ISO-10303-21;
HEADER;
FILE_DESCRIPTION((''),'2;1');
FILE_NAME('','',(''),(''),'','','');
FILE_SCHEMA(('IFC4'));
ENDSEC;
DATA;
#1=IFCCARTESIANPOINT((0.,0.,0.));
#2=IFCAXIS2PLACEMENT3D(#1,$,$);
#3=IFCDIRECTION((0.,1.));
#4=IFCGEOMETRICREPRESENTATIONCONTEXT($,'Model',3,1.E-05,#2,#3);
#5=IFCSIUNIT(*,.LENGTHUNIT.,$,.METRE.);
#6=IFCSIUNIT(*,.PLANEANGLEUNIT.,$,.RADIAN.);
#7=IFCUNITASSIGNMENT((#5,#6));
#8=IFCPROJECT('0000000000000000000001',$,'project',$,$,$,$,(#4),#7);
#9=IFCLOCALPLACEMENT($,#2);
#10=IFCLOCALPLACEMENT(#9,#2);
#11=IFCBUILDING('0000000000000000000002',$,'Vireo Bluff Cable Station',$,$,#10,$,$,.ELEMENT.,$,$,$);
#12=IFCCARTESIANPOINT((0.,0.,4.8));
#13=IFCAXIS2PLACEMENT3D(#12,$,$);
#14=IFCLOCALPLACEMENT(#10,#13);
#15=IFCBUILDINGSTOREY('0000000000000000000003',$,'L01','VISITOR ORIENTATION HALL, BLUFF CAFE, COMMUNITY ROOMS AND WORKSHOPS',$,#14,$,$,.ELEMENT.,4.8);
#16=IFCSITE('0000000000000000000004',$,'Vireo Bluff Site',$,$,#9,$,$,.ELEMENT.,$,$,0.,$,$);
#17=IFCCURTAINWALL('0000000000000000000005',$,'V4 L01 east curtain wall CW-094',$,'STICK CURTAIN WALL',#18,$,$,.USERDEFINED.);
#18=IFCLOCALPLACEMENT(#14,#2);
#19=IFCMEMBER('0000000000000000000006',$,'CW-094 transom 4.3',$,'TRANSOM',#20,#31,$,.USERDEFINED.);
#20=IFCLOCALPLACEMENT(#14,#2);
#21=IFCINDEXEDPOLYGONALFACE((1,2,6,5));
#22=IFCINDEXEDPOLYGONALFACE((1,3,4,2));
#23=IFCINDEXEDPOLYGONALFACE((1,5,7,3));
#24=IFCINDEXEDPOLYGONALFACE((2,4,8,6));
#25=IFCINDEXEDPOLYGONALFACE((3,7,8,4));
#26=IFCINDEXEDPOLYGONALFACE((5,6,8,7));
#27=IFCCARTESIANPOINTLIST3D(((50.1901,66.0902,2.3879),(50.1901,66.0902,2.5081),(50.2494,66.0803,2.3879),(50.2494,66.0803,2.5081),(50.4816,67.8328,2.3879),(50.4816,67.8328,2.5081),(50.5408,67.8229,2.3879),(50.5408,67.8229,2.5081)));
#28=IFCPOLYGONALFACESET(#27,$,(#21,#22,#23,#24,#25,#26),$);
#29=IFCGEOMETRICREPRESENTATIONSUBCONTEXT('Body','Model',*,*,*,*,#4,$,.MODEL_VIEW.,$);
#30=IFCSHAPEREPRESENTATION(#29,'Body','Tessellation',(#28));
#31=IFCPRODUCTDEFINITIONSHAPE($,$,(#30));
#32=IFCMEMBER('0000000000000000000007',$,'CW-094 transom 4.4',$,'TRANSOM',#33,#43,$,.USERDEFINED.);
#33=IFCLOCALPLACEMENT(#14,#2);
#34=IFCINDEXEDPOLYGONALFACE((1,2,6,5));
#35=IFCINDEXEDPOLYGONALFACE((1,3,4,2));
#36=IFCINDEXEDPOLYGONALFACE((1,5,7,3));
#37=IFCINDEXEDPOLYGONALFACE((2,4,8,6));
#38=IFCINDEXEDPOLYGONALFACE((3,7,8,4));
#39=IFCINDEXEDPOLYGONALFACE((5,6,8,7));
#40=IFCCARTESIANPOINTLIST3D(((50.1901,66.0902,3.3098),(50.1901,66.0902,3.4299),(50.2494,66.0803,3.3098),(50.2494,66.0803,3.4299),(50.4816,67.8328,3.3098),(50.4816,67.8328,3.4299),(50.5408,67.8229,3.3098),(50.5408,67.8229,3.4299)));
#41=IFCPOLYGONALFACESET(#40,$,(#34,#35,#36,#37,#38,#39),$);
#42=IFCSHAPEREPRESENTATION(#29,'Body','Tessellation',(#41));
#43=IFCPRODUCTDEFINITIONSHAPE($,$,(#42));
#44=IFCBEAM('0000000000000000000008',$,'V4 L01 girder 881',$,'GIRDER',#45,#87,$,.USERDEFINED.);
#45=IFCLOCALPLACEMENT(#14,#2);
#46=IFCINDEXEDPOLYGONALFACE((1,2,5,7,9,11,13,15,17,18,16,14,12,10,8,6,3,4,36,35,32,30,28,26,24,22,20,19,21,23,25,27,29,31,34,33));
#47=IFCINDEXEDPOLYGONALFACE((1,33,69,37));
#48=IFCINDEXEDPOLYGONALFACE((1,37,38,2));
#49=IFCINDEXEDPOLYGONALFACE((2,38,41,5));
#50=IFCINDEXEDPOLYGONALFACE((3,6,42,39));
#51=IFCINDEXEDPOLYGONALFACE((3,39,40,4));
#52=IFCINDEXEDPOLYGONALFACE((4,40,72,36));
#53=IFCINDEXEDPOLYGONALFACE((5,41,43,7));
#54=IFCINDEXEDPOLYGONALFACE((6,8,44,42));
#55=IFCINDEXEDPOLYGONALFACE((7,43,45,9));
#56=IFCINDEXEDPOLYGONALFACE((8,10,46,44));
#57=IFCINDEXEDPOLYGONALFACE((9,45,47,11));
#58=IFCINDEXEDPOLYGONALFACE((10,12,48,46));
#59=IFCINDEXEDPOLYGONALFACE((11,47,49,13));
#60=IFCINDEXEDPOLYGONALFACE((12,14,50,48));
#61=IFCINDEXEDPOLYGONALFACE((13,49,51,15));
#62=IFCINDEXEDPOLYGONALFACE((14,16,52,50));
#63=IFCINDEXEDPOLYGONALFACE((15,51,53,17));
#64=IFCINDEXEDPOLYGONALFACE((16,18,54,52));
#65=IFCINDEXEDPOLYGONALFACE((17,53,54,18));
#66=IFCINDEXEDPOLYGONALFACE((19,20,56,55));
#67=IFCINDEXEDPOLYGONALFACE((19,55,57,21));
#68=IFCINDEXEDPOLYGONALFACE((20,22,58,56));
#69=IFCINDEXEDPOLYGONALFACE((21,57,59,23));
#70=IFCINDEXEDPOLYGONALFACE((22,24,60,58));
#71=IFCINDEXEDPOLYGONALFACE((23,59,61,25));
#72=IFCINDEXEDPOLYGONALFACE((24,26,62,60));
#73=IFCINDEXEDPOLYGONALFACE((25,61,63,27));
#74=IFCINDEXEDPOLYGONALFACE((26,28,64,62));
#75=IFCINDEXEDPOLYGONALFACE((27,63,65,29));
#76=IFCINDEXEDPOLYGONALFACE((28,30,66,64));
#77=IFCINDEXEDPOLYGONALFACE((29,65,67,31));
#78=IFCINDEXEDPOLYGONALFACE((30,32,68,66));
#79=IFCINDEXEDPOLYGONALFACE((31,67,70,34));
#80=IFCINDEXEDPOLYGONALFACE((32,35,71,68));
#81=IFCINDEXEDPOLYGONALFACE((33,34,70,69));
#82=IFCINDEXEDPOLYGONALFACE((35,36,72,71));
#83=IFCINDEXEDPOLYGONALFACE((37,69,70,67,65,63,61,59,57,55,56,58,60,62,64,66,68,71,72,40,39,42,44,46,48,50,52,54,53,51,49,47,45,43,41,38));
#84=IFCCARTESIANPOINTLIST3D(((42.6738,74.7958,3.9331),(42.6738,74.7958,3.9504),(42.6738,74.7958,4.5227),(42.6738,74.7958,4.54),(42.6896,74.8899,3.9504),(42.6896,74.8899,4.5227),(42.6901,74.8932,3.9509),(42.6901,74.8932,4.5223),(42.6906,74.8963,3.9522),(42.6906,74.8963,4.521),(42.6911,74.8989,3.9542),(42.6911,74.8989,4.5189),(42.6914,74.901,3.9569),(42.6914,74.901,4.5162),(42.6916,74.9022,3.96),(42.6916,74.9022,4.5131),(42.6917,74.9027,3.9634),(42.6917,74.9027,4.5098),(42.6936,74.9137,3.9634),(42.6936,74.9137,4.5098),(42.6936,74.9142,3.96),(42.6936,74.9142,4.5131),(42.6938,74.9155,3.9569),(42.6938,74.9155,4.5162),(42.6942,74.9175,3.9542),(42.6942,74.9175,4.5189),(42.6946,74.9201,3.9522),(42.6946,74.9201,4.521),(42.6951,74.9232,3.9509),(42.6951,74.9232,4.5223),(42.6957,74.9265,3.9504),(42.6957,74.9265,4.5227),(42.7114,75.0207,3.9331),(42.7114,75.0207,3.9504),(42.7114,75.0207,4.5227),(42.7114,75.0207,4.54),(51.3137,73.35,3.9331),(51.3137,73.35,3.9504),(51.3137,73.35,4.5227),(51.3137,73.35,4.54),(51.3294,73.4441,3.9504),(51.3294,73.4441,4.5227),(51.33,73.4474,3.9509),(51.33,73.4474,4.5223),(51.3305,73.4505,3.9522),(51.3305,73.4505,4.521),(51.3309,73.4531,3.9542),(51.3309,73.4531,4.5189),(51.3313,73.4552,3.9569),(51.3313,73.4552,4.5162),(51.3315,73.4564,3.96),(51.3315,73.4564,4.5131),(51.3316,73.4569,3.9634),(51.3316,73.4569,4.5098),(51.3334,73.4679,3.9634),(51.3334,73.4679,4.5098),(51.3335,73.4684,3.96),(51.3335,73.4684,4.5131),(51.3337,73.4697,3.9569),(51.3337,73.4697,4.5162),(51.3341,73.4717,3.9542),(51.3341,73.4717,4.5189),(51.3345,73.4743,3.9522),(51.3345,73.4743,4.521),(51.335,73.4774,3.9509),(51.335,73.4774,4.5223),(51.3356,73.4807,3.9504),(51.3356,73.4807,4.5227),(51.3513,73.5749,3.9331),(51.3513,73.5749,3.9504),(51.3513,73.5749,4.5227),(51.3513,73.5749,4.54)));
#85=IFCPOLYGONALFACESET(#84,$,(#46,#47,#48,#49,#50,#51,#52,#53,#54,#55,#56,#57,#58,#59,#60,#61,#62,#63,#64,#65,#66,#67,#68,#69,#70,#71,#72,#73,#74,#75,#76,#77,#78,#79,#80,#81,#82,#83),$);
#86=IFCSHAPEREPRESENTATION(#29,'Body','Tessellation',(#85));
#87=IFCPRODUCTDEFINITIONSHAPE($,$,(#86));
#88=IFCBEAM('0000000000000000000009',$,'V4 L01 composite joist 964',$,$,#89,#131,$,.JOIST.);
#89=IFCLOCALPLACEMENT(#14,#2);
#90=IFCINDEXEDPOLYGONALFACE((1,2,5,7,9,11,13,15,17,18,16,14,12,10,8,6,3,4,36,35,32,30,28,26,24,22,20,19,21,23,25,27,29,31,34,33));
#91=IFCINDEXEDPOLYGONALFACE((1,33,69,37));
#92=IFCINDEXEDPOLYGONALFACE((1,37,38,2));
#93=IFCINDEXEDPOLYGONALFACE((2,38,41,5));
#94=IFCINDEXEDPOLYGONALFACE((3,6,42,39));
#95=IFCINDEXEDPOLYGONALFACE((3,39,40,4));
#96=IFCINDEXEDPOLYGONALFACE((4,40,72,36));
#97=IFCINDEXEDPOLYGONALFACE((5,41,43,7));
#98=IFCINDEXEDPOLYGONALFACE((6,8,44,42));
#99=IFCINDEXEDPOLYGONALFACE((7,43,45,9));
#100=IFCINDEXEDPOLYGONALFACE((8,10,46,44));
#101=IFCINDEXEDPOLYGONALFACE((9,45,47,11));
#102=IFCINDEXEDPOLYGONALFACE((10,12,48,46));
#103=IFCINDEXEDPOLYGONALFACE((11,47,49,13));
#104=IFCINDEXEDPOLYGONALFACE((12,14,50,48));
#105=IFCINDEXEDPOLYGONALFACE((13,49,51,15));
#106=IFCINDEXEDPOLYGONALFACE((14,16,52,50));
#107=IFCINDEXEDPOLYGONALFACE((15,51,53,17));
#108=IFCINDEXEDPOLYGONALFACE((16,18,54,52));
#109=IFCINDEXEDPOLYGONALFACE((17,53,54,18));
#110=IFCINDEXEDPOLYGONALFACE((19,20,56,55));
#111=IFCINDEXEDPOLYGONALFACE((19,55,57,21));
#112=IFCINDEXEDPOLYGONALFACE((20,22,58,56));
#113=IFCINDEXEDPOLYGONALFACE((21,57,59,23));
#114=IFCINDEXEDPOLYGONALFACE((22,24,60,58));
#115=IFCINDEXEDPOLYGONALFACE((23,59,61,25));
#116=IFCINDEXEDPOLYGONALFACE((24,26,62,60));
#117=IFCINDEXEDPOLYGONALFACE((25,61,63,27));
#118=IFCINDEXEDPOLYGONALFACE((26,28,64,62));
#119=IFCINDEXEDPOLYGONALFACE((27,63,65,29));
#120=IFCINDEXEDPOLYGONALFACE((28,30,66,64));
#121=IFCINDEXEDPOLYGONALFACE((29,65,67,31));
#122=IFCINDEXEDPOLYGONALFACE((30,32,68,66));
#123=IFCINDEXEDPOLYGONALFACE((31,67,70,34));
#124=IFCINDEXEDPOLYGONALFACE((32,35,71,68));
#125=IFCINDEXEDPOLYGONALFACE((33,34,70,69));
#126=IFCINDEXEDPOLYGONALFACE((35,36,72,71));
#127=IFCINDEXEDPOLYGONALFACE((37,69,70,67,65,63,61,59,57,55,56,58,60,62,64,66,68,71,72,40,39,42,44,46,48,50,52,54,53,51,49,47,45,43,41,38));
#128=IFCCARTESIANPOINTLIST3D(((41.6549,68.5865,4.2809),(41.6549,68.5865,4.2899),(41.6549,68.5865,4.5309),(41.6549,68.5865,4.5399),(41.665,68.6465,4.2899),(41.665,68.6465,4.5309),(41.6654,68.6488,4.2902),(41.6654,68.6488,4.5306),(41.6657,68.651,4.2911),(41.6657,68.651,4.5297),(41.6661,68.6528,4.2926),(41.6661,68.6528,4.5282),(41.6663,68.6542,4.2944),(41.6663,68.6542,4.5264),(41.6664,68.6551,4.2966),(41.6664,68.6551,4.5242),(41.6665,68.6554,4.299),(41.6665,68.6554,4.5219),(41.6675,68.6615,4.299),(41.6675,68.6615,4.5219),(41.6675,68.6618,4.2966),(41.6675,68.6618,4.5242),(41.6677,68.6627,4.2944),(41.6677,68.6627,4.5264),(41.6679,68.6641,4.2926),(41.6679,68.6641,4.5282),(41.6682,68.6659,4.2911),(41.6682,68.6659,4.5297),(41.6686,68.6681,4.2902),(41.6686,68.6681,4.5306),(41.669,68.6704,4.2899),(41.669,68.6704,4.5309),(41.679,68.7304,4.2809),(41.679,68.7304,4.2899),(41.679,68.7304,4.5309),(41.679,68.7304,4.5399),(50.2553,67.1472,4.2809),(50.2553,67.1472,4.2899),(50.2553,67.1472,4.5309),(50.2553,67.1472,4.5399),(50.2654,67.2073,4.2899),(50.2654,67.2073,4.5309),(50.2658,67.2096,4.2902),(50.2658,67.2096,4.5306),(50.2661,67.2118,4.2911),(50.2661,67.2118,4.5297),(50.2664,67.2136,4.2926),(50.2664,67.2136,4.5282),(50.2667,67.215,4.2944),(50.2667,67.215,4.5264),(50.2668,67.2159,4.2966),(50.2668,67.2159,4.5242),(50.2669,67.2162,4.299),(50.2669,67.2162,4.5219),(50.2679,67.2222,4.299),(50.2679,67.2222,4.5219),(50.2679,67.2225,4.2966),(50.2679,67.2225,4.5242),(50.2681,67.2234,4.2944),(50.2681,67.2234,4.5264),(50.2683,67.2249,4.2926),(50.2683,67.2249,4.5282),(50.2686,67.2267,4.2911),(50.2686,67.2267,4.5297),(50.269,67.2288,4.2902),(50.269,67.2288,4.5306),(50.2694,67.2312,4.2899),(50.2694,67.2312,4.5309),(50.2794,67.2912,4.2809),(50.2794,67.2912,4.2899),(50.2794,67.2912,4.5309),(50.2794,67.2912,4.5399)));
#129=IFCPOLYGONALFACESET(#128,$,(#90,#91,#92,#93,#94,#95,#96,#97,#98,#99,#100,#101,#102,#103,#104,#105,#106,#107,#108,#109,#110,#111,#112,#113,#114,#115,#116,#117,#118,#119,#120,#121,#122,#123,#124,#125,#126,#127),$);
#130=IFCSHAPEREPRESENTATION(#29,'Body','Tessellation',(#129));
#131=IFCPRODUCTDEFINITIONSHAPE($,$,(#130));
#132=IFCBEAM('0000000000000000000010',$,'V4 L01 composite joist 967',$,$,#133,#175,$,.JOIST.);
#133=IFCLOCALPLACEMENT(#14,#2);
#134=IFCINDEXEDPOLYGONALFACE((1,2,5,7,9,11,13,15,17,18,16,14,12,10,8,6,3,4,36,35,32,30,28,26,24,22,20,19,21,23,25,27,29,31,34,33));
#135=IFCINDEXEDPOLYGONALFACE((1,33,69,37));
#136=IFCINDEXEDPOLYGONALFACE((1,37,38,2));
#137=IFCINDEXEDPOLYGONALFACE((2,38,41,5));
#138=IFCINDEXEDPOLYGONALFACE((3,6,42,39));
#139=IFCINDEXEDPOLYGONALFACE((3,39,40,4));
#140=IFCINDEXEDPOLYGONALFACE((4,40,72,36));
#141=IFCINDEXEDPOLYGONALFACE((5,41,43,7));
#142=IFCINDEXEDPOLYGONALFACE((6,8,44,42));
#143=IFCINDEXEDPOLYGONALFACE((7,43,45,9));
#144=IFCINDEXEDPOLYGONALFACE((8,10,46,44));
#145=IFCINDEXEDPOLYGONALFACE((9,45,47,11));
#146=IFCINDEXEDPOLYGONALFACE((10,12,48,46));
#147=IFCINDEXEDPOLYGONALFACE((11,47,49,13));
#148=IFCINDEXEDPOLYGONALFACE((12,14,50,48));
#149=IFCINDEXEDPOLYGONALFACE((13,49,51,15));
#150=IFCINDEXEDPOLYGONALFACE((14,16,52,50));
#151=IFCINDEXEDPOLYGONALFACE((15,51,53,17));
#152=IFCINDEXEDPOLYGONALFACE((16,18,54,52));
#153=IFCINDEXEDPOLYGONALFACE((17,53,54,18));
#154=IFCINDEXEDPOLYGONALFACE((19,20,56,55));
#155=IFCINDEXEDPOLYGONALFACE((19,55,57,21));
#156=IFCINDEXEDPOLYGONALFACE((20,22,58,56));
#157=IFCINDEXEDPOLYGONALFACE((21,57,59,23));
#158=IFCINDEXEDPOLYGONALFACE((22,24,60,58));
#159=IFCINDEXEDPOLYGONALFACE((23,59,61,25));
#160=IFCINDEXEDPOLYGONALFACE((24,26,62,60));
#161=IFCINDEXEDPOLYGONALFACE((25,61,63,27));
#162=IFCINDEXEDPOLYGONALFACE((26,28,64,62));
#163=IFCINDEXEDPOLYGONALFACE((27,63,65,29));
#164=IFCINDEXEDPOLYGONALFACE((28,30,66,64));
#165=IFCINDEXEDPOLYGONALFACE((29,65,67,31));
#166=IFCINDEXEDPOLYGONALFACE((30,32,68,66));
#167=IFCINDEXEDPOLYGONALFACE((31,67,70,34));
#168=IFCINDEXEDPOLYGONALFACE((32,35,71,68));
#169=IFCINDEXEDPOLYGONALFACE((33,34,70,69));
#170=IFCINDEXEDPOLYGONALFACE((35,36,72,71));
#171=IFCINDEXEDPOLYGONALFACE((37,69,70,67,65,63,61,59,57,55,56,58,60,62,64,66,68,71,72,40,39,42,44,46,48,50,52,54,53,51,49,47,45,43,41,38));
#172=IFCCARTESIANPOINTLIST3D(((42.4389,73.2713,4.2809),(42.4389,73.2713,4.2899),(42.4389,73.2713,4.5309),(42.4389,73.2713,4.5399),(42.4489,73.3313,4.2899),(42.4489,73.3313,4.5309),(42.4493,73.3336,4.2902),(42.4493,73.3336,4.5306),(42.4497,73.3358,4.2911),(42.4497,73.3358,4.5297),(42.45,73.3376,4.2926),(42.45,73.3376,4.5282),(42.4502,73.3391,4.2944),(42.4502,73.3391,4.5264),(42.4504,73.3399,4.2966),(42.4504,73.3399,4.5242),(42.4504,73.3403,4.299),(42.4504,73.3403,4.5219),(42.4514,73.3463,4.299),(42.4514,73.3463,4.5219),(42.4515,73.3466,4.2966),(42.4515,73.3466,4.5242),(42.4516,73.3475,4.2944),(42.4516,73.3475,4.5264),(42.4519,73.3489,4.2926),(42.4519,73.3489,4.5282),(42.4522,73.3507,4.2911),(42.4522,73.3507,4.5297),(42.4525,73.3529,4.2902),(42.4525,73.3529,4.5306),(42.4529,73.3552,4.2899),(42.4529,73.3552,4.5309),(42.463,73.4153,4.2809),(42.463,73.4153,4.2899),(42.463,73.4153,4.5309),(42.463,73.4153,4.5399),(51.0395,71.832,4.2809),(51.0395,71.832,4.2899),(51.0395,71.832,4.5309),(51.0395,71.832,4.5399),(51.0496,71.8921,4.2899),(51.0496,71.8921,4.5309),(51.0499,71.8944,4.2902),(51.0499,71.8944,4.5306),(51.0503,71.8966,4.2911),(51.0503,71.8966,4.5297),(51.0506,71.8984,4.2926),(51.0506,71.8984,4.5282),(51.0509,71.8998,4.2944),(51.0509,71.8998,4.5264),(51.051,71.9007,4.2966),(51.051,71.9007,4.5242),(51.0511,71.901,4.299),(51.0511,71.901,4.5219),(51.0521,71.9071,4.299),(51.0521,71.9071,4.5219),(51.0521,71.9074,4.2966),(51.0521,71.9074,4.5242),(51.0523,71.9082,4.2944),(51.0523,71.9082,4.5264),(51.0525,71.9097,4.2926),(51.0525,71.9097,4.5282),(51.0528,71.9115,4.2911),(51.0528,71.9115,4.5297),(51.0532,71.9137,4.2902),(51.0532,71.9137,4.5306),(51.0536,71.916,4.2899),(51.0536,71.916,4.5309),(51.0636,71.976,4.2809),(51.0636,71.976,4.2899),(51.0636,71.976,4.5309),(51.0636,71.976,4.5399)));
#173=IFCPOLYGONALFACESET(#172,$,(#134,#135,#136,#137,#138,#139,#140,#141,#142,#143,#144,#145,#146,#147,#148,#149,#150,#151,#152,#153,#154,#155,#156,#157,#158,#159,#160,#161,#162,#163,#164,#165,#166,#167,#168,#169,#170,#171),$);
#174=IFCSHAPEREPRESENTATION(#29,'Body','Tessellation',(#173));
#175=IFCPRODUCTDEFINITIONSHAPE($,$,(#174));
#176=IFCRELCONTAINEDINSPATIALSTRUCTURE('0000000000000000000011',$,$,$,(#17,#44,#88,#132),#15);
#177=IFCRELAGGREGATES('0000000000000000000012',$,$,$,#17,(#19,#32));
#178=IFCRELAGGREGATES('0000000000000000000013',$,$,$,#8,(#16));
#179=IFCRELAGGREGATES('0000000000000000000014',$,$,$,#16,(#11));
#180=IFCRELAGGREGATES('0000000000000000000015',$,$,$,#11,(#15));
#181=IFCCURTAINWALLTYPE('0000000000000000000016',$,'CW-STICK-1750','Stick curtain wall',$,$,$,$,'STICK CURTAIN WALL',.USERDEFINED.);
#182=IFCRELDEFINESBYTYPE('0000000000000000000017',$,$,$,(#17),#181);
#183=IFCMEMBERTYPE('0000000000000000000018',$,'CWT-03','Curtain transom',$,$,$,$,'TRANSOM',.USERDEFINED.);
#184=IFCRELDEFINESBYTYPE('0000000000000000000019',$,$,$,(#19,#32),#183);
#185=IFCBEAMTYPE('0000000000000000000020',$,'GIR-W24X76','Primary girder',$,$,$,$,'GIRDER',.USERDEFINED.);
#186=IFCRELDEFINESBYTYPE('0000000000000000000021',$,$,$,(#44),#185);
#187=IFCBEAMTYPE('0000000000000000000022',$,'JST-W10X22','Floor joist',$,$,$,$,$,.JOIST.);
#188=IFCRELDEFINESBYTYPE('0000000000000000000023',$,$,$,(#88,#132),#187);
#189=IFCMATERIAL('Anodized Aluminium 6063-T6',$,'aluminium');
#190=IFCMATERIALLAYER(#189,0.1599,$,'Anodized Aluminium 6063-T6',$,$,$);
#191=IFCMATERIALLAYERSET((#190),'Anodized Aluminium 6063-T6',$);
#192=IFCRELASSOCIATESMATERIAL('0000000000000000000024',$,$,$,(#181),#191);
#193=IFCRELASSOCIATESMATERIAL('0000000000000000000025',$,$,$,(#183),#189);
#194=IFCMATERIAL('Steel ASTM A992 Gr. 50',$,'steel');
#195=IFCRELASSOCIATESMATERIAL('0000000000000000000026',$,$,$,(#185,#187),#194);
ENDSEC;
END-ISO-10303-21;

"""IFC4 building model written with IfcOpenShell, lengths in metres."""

from ifc_helpers import new_model, si_unit, direction, frame, origin, origin_2d, place, context, subcontext, project, spatial, rectangle, i_section, extrude, material, layer, layer_set, material_profile, profile_set, type_object, element, aggregate, save


model = new_model("IFC4")

# Units and contexts
model_context = context("Model", 3, precision=1e-05, world=origin(), true_north=direction((0.0, 1.0)))
body_context = subcontext(model_context, "Body", "Model", "MODEL_VIEW")
ifc_project = project(units=[si_unit("LENGTHUNIT", "METRE"), si_unit("PLANEANGLEUNIT", "RADIAN")], contexts=[model_context])

# Site, building, storey
site_placement = place(None, origin())
site = spatial("IfcSite", under=ifc_project, at=site_placement, Name="Vireo Bluff Site", CompositionType="ELEMENT", RefElevation=0.0)
building_placement = place(site_placement, origin())
building = spatial("IfcBuilding", under=site, at=building_placement, Name="Vireo Bluff Cable Station", CompositionType="ELEMENT")
storey_placement = place(building_placement, frame((0.0, 0.0, 4.8)))
storey = spatial("IfcBuildingStorey", under=building, at=storey_placement, Name="L01", Description="VISITOR ORIENTATION HALL, BLUFF CAFE, COMMUNITY ROOMS AND WORKSHOPS", CompositionType="ELEMENT", Elevation=4.8)

# Shared definitions
ifc_material_1 = material(Name="Steel ASTM A992 Gr. 50", Category="steel")

# Curtain wall, members
ifc_material_2 = material(Name="Anodized Aluminium 6063-T6", Category="aluminium")
ifc_layer_1 = layer(ifc_material_2, 0.1599, Name="Anodized Aluminium 6063-T6")
ifc_layer_set_1 = layer_set([ifc_layer_1], Name="Anodized Aluminium 6063-T6")
curtain_wall_type = type_object("IfcCurtainWallType", Name="CW-STICK-1750", Description="Stick curtain wall", ElementType="STICK CURTAIN WALL", PredefinedType="USERDEFINED", material=ifc_layer_set_1)
curtain_wall_placement = place(storey_placement, origin())
curtain_wall = element("IfcCurtainWall", 1, at=curtain_wall_placement, inside=storey, type_object=curtain_wall_type, Name="V4 L01 east curtain wall CW-094", ObjectType="STICK CURTAIN WALL", PredefinedType="USERDEFINED")
ifc_material_profile_1 = material_profile(ifc_material_2, rectangle(XDim=0.0601, YDim=0.1201, at=origin_2d()), Name="ALU-T-60X120")
ifc_profile_set_1 = profile_set([ifc_material_profile_1], Name="Anodized Aluminium 6063-T6")
member_type_1 = type_object("IfcMemberType", Name="CWT-03", Description="Curtain transom", ElementType="TRANSOM", PredefinedType="USERDEFINED", material=ifc_profile_set_1)
member_1_placement = place(storey_placement, frame((50.5112, 67.8279, 2.448), z_axis=(-0.164982, -0.986297, 0.0), x_axis=(0.986297, -0.164982, 0.0)))
member_1 = element("IfcMember", 2, at=member_1_placement, type_object=member_type_1, Name="CW-094 transom 4.3", ObjectType="TRANSOM", PredefinedType="USERDEFINED", context=body_context, shape_type="SweptSolid", body=[
    extrude(rectangle(XDim=0.0601, YDim=0.1201, at=origin_2d()), origin(), (0.0, 0.0, 1.0), 1.7668),
])
member_2_placement = place(storey_placement, frame((50.5112, 67.8279, 3.3699), z_axis=(-0.164982, -0.986297, 0.0), x_axis=(0.986297, -0.164982, 0.0)))
member_2 = element("IfcMember", 3, at=member_2_placement, type_object=member_type_1, Name="CW-094 transom 4.4", ObjectType="TRANSOM", PredefinedType="USERDEFINED", context=body_context, shape_type="SweptSolid", body=[
    extrude(rectangle(XDim=0.0601, YDim=0.1201, at=origin_2d()), origin(), (0.0, 0.0, 1.0), 1.7668),
])

# Beams
ifc_material_profile_2 = material_profile(ifc_material_1, i_section(OverallWidth=0.228, OverallDepth=0.6069, WebThickness=0.0112, FlangeThickness=0.0173, FilletRadius=0.0129, at=origin_2d()), Name="W24X76")
ifc_profile_set_2 = profile_set([ifc_material_profile_2], Name="Steel ASTM A992 Gr. 50")
beam_type_1 = type_object("IfcBeamType", Name="GIR-W24X76", Description="Primary girder", ElementType="GIRDER", PredefinedType="USERDEFINED", material=ifc_profile_set_2)
beam_1_placement = place(storey_placement, frame((42.6926, 74.9082, 4.2366), z_axis=(0.986286, -0.165045, 0.0), x_axis=(0.165045, 0.986286, 0.0)))
element("IfcBeam", 4, at=beam_1_placement, inside=storey, type_object=beam_type_1, Name="V4 L01 girder 881", ObjectType="GIRDER", PredefinedType="USERDEFINED", context=body_context, shape_type="SweptSolid", body=[
    extrude(i_section(OverallWidth=0.228, OverallDepth=0.6069, WebThickness=0.0112, FlangeThickness=0.0173, FilletRadius=0.0129, at=origin_2d()), origin(), (0.0, 0.0, 1.0), 8.76),
])
ifc_material_profile_3 = material_profile(ifc_material_1, i_section(OverallWidth=0.146, OverallDepth=0.259, WebThickness=0.0061, FlangeThickness=0.009, FilletRadius=0.009, at=origin_2d()), Name="W10X22")
ifc_profile_set_3 = profile_set([ifc_material_profile_3], Name="Steel ASTM A992 Gr. 50")
beam_type_2 = type_object("IfcBeamType", Name="JST-W10X22", Description="Floor joist", PredefinedType="JOIST", material=ifc_profile_set_3)
beam_2_placement = place(storey_placement, frame((41.667, 68.6584, 4.4104), z_axis=(0.986286, -0.165048, 0.0), x_axis=(0.165048, 0.986286, 0.0)))
element("IfcBeam", 5, at=beam_2_placement, inside=storey, type_object=beam_type_2, Name="V4 L01 composite joist 964", PredefinedType="JOIST", context=body_context, shape_type="SweptSolid", body=[
    extrude(i_section(OverallWidth=0.146, OverallDepth=0.259, WebThickness=0.0061, FlangeThickness=0.009, FilletRadius=0.009, at=origin_2d()), origin(), (0.0, 0.0, 1.0), 8.72),
])
beam_3_placement = place(storey_placement, frame((42.4509, 73.3433, 4.4104), z_axis=(0.986286, -0.165044, 0.0), x_axis=(0.165044, 0.986286, 0.0)))
element("IfcBeam", 6, at=beam_3_placement, inside=storey, type_object=beam_type_2, Name="V4 L01 composite joist 967", PredefinedType="JOIST", context=body_context, shape_type="SweptSolid", body=[
    extrude(i_section(OverallWidth=0.146, OverallDepth=0.259, WebThickness=0.0061, FlangeThickness=0.009, FilletRadius=0.009, at=origin_2d()), origin(), (0.0, 0.0, 1.0), 8.7202),
])

aggregate(curtain_wall, [member_1, member_2])

save(model, "model.ifc")
